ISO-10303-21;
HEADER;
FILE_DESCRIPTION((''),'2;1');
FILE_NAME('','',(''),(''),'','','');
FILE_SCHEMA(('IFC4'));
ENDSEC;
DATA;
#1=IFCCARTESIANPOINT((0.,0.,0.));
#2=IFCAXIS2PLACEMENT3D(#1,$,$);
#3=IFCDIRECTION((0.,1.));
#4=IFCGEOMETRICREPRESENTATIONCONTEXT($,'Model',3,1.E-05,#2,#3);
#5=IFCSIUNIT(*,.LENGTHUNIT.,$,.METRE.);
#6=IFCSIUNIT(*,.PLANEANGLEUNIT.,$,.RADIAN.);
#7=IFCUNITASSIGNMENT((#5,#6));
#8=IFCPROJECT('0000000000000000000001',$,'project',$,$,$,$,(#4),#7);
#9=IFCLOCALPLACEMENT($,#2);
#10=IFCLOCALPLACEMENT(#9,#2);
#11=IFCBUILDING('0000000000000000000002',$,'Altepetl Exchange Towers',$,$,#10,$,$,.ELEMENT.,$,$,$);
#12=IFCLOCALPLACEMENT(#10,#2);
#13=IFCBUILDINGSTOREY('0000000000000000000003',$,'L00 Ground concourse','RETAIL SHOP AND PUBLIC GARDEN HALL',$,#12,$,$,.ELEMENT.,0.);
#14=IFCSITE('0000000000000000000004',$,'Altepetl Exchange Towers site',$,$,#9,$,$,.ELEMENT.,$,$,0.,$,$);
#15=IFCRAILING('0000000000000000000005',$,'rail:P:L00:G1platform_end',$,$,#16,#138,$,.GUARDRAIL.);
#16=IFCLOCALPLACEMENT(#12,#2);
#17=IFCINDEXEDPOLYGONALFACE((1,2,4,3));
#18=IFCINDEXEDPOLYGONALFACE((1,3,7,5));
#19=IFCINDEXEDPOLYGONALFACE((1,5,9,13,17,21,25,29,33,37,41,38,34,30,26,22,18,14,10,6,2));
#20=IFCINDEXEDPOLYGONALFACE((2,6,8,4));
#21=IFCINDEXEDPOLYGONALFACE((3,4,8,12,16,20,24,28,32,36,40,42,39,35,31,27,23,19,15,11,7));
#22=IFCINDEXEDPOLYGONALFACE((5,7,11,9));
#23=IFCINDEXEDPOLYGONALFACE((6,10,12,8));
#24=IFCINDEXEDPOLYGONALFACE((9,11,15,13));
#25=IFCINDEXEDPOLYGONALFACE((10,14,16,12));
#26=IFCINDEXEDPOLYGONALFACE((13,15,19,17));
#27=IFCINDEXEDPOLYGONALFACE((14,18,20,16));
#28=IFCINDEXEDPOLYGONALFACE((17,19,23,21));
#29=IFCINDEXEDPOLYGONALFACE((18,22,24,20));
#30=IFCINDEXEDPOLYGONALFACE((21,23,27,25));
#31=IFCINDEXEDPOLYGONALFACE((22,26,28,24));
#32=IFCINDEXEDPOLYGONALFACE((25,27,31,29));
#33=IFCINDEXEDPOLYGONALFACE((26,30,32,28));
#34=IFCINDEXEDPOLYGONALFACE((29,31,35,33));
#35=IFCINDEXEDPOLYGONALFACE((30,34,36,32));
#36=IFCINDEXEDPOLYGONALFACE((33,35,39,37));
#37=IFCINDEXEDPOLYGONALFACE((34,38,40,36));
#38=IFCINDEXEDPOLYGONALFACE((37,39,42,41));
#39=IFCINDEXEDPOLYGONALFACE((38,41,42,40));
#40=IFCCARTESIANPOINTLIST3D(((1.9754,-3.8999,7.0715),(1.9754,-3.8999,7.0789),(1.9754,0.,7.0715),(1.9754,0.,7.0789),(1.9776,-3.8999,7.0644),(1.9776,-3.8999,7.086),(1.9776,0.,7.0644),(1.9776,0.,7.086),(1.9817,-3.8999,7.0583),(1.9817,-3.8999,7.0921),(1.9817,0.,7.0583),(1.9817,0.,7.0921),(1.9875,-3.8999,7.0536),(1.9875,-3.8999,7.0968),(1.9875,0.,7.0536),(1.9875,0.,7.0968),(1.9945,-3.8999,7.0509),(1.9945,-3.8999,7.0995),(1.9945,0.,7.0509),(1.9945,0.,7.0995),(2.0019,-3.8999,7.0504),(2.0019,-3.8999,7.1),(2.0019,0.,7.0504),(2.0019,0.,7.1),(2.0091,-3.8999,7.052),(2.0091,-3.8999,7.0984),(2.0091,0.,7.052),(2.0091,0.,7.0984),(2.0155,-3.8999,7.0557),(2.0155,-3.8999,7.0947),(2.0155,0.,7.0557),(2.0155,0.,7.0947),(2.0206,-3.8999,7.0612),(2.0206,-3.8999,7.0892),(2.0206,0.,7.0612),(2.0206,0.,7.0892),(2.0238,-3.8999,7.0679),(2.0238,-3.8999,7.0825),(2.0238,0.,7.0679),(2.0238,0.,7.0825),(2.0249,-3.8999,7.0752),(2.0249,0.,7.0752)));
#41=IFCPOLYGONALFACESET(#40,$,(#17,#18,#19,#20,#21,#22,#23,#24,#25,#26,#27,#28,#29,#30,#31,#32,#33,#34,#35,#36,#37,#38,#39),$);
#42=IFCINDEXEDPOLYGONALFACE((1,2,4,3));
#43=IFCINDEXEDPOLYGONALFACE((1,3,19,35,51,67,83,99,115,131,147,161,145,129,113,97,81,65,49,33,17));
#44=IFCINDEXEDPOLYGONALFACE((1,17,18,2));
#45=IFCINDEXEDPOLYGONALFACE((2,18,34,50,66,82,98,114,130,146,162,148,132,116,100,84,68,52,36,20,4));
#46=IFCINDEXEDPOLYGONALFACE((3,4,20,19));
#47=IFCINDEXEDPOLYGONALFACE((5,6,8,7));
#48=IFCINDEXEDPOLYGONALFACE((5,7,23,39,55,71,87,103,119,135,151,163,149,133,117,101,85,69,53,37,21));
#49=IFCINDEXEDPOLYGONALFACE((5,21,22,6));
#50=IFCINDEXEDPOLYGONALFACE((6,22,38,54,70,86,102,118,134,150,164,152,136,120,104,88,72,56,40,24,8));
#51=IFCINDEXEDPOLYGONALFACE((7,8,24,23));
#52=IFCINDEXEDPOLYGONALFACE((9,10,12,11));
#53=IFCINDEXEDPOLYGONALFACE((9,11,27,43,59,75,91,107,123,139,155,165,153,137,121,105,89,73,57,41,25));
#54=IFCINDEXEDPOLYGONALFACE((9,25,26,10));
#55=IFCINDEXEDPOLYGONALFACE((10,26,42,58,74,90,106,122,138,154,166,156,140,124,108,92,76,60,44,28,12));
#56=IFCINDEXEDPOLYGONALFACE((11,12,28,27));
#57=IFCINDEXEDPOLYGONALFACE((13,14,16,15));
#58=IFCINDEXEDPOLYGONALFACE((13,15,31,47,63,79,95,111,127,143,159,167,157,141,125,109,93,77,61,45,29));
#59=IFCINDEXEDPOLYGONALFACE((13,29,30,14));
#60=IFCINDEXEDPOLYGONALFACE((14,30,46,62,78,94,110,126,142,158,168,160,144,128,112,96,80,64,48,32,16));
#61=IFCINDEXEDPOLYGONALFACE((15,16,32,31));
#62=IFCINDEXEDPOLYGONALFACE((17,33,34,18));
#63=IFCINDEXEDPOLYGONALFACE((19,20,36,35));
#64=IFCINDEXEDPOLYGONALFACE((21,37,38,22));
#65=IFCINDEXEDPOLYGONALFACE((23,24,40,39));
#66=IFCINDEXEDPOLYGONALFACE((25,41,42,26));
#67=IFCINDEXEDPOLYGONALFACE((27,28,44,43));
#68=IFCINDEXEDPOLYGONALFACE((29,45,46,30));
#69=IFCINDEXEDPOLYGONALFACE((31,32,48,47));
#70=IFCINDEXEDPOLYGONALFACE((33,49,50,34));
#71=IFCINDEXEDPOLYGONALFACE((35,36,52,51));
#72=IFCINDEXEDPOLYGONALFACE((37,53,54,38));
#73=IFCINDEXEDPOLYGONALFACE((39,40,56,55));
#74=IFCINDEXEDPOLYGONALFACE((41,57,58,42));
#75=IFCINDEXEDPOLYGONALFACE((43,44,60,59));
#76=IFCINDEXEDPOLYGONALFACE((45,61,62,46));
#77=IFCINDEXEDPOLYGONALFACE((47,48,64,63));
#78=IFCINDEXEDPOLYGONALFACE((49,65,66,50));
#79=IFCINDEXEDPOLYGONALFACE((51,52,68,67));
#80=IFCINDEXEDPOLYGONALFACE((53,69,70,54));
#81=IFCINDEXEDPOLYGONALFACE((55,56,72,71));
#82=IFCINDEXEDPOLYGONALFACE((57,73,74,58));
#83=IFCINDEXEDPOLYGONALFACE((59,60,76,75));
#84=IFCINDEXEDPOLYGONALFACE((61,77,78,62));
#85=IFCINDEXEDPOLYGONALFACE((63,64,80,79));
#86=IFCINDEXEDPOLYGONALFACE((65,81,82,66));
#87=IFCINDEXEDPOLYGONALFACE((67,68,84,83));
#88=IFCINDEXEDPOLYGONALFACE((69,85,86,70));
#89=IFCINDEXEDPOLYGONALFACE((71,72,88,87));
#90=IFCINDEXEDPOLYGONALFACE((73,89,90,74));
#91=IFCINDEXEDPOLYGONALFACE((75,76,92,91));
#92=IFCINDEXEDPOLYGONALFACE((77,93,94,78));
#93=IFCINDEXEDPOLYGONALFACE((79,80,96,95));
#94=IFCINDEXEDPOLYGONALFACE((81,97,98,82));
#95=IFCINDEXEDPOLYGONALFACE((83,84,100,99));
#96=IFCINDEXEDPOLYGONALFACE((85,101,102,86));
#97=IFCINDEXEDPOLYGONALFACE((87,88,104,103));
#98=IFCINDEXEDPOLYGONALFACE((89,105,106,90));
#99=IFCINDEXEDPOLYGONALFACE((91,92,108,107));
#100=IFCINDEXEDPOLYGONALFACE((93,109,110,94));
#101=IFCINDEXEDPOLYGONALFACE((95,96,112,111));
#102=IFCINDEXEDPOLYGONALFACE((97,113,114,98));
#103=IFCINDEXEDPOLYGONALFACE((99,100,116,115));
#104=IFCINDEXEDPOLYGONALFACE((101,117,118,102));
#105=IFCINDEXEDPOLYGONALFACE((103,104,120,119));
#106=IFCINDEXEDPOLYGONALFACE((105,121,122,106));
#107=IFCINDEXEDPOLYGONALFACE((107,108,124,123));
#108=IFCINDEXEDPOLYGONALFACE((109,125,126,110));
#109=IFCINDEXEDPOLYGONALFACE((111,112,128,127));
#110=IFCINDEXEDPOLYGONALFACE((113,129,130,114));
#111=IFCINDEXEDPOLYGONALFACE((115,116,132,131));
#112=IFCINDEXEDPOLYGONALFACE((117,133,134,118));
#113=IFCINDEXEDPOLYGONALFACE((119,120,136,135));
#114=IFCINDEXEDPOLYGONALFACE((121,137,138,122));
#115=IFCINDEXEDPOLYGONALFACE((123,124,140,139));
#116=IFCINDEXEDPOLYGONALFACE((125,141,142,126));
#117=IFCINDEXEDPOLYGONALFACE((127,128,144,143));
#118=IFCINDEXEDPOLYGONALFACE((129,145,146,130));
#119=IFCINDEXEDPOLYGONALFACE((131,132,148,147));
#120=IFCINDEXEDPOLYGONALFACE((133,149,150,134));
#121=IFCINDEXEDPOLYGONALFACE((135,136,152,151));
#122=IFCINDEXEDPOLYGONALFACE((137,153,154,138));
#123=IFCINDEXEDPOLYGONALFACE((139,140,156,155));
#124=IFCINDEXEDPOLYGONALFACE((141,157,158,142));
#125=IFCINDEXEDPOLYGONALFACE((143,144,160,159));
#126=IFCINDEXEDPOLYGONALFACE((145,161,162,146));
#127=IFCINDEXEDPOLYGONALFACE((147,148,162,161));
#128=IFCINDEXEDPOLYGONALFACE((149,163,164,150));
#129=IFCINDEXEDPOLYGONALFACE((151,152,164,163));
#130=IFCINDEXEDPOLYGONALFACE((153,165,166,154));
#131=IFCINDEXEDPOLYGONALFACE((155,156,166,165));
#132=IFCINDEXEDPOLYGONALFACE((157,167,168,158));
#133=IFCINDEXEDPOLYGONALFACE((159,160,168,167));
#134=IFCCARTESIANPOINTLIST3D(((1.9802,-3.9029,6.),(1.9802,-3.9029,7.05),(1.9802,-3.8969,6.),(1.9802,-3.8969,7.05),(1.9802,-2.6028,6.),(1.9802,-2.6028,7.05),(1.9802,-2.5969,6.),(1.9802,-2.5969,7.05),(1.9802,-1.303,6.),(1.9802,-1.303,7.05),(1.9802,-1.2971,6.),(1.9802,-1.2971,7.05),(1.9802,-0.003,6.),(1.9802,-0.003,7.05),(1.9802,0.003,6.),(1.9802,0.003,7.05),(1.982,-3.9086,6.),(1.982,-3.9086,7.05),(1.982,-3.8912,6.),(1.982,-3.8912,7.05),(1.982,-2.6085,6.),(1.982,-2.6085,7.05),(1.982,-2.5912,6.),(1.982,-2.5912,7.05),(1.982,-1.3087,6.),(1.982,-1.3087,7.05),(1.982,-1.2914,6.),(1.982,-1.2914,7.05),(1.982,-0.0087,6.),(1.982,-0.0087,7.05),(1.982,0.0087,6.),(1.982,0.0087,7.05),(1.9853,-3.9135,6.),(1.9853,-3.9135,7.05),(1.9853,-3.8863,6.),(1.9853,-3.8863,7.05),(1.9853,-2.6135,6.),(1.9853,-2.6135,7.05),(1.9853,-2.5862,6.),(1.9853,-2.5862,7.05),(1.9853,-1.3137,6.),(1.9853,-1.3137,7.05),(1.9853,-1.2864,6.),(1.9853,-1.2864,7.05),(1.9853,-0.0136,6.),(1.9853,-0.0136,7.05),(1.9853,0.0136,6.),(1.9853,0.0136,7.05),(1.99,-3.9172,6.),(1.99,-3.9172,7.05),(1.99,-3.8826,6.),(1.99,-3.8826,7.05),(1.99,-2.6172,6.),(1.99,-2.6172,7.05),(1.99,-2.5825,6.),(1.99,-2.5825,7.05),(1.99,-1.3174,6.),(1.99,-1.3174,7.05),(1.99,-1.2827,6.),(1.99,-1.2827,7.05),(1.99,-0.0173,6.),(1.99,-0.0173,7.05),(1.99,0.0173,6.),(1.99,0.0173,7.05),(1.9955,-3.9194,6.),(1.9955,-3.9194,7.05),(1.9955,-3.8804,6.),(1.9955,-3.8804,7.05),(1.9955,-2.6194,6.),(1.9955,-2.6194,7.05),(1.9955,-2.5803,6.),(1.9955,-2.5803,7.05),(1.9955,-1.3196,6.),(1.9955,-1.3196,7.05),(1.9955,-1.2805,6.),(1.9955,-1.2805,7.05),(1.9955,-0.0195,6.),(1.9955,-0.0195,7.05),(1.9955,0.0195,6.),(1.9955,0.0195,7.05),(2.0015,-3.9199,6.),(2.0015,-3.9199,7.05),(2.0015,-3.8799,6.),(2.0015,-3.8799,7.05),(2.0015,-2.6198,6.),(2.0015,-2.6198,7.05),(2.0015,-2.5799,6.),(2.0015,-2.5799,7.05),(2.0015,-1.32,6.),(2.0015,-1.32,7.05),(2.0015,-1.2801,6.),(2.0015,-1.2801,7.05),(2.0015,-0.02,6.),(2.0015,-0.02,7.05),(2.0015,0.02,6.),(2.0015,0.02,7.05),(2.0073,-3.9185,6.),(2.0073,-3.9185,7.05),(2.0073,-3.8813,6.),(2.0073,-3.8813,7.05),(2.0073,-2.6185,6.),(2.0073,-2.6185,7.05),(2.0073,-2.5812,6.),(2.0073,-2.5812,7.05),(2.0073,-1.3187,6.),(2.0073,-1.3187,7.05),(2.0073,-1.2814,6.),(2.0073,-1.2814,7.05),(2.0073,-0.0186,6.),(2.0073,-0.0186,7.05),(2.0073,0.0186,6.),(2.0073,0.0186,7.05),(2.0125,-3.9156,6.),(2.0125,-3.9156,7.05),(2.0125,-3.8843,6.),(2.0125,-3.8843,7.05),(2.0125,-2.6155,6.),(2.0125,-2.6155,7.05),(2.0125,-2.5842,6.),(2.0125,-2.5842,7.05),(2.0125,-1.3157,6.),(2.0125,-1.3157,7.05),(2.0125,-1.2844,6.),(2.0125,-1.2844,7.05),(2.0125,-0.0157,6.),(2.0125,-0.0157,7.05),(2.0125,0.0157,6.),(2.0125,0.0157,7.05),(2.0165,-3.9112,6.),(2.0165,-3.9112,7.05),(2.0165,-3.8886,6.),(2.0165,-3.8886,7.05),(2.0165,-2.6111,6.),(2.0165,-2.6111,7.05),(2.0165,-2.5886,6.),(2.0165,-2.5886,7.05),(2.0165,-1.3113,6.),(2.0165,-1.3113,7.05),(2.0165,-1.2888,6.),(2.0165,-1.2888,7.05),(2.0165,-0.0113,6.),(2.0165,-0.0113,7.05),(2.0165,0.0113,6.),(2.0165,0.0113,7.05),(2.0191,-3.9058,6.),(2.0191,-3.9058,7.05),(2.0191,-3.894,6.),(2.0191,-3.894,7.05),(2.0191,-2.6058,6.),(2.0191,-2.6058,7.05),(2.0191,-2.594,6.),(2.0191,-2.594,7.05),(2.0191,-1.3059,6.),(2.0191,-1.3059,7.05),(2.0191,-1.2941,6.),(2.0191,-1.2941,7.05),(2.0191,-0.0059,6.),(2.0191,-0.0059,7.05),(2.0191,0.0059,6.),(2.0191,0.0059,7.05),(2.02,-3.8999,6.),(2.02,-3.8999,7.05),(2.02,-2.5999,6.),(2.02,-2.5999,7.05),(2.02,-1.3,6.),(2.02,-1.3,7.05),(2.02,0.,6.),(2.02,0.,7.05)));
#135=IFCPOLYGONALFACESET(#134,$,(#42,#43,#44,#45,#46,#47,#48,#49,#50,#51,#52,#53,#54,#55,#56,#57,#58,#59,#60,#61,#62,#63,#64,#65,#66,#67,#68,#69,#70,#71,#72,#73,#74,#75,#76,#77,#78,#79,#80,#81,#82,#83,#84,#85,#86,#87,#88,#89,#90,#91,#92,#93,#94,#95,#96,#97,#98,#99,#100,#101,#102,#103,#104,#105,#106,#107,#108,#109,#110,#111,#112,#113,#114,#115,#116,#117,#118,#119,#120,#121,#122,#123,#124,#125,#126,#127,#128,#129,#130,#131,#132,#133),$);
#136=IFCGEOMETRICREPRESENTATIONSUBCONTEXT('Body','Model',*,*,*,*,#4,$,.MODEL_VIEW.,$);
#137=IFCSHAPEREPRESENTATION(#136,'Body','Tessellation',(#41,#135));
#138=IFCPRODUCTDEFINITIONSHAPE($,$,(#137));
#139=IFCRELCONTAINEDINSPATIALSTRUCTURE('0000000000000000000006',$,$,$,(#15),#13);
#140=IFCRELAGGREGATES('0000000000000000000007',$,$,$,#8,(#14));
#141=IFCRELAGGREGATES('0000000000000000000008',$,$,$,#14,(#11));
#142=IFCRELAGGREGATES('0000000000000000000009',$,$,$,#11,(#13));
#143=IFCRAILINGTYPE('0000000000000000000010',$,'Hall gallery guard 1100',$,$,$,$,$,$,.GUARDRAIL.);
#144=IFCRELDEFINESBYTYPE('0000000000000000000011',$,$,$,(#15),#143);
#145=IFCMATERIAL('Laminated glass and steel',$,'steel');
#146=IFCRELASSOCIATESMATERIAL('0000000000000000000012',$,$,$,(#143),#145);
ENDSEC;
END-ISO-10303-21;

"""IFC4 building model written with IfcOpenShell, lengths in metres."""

from ifc_helpers import new_model, si_unit, direction, frame, origin, origin_2d, place, context, subcontext, project, spatial, circle, extrude, source, transform, mapped, material, type_object, element, save


model = new_model("IFC4")

# Units and contexts
model_context = context("Model", 3, precision=1e-05, world=origin(), true_north=direction((0.0, 1.0)))
body_context = subcontext(model_context, "Body", "Model", "MODEL_VIEW")
ifc_project = project(units=[si_unit("LENGTHUNIT", "METRE"), si_unit("PLANEANGLEUNIT", "RADIAN")], contexts=[model_context])

# Site, building, storey
site_placement = place(None, origin())
site = spatial("IfcSite", under=ifc_project, at=site_placement, Name="Altepetl Exchange Towers site", CompositionType="ELEMENT", RefElevation=0.0)
building_placement = place(site_placement, origin())
building = spatial("IfcBuilding", under=site, at=building_placement, Name="Altepetl Exchange Towers", CompositionType="ELEMENT")
storey_placement = place(building_placement, origin())
storey = spatial("IfcBuildingStorey", under=building, at=storey_placement, Name="L00 Ground concourse", Description="RETAIL SHOP AND PUBLIC GARDEN HALL", CompositionType="ELEMENT", Elevation=0.0)

# Railing
ifc_material_1 = material(Name="Laminated glass and steel", Category="steel")
railing_type = type_object("IfcRailingType", Name="Hall gallery guard 1100", PredefinedType="GUARDRAIL", material=ifc_material_1)
shared_shape = source(origin(), body_context, "Body", "SweptSolid", [
    extrude(circle(Radius=0.02, at=origin_2d()), origin(), (0.0, 0.0, 1.0), 1.05),
])
railing_1_placement = place(storey_placement, frame((2.0, 0.0, 6.0)))
element("IfcRailing", 1, at=railing_1_placement, inside=storey, type_object=railing_type, Name="rail:P:L00:G1platform_end", PredefinedType="GUARDRAIL", context=body_context, shape_type="SweptSolid", body=[
    extrude(circle(Radius=0.0249, at=origin_2d()), frame((0.0, 0.0, 1.0752), z_axis=(0.0, -1.0, 0.0), x_axis=(1.0, 0.0, 0.0)), (0.0, 0.0, 1.0), 3.8999),
    mapped(shared_shape, transform((0.0, 0.0, 0.0))),
    mapped(shared_shape, transform((0.0, -1.3, 0.0))),
    mapped(shared_shape, transform((0.0, -2.5999, 0.0))),
    mapped(shared_shape, transform((0.0, -3.8999, 0.0))),
])

save(model, "model.ifc")
